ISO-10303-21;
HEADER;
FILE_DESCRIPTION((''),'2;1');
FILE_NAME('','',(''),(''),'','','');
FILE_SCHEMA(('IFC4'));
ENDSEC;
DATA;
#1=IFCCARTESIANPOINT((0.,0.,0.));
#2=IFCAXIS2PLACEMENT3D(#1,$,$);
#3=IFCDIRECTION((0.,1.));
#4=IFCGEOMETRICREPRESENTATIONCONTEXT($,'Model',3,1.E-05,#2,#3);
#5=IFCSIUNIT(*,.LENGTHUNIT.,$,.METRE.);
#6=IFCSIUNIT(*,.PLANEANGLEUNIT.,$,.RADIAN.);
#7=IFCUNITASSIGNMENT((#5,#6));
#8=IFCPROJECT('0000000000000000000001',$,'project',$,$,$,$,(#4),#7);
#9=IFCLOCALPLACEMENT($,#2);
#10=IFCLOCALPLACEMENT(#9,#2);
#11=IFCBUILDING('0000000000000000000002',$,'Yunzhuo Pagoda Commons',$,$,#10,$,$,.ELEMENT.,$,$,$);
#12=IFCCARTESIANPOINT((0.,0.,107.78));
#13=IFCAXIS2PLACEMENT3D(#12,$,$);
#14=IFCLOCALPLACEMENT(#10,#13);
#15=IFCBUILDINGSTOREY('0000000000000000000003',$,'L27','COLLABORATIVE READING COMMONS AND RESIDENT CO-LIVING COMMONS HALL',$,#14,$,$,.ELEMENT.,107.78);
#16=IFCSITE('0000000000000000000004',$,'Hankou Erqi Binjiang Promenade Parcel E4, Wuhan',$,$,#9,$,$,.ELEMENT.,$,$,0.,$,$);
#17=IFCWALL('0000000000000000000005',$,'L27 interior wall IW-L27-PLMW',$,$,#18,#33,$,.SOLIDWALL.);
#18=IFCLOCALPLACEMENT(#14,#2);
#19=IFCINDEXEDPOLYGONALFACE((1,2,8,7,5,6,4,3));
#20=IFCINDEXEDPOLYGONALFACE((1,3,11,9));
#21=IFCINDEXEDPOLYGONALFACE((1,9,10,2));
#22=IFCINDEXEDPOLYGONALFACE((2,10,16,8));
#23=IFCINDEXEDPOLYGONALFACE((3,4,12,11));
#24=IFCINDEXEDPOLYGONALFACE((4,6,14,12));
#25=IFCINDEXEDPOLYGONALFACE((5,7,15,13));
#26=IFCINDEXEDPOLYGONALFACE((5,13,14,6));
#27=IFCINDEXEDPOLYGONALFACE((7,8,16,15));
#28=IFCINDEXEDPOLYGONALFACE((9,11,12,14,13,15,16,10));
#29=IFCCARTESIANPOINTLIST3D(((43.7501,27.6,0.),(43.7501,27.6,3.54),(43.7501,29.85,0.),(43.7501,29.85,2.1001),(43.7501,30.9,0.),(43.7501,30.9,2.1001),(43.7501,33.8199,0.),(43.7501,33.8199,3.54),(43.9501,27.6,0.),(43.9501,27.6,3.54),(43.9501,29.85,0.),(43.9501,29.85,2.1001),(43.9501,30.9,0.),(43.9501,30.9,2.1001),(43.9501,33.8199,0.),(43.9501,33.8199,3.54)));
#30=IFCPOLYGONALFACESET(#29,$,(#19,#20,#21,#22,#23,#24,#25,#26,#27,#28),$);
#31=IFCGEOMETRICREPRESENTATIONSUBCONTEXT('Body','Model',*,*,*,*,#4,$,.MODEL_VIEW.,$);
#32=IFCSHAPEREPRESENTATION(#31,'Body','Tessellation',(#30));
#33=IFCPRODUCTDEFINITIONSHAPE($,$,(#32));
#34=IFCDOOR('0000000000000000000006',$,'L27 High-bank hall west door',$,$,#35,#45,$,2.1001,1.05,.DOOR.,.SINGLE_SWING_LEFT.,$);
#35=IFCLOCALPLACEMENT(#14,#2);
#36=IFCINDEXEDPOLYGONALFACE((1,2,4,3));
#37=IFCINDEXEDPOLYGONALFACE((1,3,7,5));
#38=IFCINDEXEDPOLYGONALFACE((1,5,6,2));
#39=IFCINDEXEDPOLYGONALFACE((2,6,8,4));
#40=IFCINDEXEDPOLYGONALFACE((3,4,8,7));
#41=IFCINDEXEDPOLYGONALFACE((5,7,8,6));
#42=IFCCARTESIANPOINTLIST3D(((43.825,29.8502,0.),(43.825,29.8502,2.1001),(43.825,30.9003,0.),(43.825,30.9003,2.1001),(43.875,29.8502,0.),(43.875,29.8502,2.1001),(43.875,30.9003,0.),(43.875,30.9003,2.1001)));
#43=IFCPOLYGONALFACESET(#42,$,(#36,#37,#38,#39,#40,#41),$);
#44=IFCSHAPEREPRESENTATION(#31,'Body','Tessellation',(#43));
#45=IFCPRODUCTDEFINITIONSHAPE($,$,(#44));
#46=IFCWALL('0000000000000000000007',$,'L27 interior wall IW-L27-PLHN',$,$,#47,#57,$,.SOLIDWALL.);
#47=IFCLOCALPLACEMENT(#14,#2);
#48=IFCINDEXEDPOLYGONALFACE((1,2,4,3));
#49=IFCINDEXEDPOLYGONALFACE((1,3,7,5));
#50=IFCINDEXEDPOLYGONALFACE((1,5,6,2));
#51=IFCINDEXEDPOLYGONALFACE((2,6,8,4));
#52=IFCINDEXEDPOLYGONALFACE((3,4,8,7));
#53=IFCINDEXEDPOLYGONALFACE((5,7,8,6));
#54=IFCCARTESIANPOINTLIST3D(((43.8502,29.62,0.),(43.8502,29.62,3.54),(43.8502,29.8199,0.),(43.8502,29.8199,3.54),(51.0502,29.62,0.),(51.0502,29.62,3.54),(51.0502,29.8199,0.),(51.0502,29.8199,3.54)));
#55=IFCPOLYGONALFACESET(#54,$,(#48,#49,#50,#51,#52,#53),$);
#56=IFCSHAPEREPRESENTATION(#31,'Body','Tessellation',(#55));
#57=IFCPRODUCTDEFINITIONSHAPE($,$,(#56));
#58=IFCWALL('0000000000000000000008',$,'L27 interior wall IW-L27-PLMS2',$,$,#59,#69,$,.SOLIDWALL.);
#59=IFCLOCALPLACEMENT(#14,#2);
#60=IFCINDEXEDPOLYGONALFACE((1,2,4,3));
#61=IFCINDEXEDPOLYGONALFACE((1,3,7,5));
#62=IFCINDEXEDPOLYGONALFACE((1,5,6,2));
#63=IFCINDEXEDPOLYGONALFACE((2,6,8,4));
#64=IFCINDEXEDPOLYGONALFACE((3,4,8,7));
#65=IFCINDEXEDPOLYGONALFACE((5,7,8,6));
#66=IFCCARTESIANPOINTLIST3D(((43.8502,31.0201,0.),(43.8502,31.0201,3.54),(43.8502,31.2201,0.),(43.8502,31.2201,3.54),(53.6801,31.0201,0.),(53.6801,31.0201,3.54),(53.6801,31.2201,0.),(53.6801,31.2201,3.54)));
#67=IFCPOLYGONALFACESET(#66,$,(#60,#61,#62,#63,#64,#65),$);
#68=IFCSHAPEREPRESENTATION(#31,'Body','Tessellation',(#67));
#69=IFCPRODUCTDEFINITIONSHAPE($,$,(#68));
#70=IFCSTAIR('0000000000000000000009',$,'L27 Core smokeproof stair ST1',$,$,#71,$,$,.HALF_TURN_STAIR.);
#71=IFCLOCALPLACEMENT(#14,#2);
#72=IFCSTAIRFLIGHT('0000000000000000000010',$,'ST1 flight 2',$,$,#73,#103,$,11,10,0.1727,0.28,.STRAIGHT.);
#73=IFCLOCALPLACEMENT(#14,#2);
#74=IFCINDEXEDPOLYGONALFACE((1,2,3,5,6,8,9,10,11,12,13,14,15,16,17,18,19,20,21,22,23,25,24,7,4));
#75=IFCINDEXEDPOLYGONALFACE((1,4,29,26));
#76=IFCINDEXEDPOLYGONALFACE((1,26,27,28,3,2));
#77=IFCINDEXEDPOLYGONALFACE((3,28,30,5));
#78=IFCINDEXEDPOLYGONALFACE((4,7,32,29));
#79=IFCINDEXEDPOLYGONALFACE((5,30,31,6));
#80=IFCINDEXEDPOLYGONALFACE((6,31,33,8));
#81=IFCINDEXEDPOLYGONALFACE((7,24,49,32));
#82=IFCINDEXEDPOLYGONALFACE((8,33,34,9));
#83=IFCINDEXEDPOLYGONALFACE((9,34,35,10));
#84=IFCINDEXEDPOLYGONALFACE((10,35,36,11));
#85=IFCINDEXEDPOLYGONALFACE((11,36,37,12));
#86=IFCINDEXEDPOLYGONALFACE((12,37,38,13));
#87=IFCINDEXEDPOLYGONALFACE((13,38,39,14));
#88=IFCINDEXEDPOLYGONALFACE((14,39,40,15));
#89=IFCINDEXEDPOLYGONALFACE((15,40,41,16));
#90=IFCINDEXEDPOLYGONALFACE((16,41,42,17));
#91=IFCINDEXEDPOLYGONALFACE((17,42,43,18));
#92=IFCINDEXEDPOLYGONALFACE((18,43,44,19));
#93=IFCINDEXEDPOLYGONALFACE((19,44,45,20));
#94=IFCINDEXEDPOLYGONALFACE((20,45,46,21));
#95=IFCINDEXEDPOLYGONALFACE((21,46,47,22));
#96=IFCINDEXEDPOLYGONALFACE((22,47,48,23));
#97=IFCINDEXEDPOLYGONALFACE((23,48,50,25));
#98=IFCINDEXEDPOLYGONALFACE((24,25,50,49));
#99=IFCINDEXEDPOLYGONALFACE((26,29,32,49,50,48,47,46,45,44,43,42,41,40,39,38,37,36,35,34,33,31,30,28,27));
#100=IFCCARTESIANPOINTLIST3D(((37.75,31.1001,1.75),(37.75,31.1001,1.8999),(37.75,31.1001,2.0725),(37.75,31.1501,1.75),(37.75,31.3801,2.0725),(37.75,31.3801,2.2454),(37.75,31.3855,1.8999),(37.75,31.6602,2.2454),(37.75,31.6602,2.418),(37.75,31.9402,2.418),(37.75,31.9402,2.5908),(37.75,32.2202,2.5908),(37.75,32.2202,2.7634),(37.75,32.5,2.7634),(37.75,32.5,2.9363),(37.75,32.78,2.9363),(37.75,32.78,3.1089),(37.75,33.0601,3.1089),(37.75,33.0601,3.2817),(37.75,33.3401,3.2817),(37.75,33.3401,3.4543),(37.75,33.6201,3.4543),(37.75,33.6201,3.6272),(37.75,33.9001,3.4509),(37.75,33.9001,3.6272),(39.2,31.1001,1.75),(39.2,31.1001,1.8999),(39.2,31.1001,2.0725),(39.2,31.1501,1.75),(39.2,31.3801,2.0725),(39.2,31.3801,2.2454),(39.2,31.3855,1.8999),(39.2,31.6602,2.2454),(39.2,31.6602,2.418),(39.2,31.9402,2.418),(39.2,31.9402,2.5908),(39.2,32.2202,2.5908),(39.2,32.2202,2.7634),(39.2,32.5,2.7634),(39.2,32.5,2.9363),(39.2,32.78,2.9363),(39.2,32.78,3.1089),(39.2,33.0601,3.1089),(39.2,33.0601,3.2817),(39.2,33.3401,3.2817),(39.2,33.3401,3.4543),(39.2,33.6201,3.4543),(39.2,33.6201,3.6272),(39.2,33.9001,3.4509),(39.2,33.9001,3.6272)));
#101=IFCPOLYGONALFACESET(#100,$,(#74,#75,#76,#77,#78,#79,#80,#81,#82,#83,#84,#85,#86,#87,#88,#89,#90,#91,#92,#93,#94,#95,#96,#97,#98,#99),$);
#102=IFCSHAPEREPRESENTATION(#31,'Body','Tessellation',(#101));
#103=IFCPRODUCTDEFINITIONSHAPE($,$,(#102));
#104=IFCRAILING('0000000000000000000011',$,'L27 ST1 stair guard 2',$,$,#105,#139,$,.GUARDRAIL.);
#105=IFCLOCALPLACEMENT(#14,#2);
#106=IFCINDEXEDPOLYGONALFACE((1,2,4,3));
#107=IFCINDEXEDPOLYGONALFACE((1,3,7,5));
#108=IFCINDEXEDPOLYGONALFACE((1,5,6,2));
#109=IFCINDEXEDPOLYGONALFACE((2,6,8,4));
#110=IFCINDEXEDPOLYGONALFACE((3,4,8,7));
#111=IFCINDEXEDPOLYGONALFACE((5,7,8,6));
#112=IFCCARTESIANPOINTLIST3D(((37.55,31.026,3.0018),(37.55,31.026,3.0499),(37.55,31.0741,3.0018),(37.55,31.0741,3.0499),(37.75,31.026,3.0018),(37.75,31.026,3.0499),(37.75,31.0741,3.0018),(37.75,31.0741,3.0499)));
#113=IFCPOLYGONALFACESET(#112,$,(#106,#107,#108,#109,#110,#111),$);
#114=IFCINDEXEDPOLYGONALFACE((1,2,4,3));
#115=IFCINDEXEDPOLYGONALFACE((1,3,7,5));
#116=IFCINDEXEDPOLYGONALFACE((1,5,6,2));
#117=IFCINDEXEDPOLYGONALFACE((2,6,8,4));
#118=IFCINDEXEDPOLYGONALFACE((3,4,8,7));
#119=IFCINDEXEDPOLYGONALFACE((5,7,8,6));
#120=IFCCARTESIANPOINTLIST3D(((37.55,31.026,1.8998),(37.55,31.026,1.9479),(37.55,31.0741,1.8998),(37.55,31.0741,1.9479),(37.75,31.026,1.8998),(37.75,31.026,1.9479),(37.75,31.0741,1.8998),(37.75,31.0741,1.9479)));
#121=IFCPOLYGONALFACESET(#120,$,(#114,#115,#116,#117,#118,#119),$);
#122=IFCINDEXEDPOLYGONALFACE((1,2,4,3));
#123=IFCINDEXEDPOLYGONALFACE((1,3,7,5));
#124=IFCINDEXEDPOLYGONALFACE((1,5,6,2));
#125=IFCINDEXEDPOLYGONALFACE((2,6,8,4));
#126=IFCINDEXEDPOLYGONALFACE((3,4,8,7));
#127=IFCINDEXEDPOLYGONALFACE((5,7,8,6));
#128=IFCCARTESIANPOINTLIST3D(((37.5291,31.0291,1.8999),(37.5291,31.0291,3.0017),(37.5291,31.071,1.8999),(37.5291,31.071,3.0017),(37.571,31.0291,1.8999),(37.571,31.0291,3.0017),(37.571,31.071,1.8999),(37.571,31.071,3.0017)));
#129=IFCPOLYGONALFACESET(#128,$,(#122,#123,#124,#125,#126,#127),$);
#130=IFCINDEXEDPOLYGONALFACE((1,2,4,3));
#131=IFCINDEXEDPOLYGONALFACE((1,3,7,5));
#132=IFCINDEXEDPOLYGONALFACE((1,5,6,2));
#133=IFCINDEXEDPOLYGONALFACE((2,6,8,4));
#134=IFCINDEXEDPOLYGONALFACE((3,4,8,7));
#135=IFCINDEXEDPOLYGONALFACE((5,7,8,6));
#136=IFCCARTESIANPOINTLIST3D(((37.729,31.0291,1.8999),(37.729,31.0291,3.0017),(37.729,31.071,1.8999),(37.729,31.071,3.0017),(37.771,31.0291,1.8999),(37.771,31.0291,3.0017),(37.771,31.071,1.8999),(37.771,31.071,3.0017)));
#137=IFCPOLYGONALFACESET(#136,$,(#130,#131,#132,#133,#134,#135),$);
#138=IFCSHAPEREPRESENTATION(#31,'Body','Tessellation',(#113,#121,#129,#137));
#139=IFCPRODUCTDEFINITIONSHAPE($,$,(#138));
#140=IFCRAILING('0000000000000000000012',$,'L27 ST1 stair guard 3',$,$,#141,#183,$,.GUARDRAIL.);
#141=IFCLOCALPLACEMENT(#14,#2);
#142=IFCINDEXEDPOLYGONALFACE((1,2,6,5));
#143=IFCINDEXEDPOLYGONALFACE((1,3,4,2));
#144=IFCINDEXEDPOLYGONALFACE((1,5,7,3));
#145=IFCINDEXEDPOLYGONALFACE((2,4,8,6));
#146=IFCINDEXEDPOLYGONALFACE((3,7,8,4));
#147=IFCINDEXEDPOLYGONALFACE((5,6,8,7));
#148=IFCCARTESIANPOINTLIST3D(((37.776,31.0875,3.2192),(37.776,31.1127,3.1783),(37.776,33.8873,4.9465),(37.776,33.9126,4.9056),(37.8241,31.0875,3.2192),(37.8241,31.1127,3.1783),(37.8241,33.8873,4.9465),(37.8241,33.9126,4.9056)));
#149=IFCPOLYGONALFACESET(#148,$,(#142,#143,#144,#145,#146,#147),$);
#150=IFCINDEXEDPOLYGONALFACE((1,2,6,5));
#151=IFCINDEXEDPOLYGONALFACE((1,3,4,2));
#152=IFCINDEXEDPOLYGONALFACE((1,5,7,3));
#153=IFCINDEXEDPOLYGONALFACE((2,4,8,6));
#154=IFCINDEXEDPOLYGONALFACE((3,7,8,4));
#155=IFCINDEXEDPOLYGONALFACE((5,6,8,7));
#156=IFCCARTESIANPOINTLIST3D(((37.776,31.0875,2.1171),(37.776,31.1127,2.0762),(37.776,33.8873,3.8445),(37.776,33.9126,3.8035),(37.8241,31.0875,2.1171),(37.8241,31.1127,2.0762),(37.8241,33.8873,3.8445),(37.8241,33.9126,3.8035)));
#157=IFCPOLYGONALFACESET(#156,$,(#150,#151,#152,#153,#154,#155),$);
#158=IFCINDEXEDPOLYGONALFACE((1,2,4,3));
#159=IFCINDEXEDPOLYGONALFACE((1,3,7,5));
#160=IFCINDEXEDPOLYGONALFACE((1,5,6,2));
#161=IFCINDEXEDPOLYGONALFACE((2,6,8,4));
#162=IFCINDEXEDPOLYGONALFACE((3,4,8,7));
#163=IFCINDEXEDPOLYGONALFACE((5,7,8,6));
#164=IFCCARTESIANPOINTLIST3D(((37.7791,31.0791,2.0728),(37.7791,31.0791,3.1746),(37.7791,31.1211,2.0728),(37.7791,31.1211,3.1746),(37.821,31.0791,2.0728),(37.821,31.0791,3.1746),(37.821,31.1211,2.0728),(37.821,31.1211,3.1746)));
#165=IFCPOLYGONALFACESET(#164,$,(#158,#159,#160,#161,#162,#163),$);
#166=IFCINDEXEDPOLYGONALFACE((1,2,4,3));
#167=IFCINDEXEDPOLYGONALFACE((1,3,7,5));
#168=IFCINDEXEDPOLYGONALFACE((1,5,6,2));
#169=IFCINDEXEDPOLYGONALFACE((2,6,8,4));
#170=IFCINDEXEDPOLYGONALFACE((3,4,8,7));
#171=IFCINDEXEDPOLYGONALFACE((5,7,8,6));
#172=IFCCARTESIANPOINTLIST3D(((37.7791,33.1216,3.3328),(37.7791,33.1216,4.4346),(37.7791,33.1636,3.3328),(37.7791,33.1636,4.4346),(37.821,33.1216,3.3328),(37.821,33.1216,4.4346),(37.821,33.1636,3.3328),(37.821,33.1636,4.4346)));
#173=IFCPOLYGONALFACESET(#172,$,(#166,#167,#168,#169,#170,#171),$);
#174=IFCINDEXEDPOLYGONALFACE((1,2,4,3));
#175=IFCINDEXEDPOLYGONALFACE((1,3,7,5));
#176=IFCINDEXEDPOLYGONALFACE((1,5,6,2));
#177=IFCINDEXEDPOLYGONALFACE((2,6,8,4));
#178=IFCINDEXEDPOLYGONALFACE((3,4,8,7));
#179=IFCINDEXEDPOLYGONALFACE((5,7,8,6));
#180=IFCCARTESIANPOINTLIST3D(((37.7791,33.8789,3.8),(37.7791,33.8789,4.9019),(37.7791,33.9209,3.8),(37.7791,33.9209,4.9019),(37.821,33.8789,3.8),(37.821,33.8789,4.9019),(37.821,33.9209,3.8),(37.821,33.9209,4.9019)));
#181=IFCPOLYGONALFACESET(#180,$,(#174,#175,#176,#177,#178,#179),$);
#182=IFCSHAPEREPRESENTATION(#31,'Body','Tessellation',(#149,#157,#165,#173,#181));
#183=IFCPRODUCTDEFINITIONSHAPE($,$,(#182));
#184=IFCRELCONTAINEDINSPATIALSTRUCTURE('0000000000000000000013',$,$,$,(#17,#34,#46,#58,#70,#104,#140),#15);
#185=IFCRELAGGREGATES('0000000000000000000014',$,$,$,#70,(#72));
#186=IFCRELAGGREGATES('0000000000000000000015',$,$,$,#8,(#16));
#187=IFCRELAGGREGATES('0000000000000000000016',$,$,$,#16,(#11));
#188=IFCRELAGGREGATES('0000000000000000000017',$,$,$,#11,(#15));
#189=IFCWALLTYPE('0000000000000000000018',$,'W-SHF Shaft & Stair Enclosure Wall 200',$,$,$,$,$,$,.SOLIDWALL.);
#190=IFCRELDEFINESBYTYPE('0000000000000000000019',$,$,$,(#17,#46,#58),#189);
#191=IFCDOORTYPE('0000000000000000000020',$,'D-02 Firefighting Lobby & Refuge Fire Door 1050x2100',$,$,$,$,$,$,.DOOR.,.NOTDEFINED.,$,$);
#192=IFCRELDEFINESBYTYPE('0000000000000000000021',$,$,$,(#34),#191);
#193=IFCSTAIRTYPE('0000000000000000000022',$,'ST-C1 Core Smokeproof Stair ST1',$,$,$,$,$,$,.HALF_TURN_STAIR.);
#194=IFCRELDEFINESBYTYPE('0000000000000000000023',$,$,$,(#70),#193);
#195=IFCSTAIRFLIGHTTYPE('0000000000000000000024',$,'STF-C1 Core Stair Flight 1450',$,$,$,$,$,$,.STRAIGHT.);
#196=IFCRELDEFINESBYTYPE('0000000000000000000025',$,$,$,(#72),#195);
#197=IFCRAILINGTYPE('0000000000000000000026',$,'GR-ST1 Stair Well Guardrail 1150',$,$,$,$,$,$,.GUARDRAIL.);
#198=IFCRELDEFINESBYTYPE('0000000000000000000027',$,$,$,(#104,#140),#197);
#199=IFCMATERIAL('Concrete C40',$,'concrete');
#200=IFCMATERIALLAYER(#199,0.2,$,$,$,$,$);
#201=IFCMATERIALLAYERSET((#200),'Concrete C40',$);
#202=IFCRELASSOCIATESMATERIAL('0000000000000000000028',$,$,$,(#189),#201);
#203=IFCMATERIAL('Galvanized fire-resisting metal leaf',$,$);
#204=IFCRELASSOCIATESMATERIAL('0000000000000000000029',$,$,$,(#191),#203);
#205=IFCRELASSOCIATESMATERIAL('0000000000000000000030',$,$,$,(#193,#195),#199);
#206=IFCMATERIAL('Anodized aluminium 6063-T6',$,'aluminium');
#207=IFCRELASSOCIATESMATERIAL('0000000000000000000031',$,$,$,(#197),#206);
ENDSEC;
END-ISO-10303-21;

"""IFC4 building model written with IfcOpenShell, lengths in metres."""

from ifc_helpers import new_model, si_unit, direction, frame, frame_2d, origin, origin_2d, place, context, subcontext, project, spatial, polyline, rectangle, outline, extrude, source, transform, mapped, material, layer, layer_set, type_object, element, fill, aggregate, save


model = new_model("IFC4")

# Units and contexts
model_context = context("Model", 3, precision=1e-05, world=origin(), true_north=direction((0.0, 1.0)))
body_context = subcontext(model_context, "Body", "Model", "MODEL_VIEW")
ifc_project = project(units=[si_unit("LENGTHUNIT", "METRE"), si_unit("PLANEANGLEUNIT", "RADIAN")], contexts=[model_context])

# Site, building, storey
site_placement = place(None, origin())
site = spatial("IfcSite", under=ifc_project, at=site_placement, Name="Hankou Erqi Binjiang Promenade Parcel E4, Wuhan", CompositionType="ELEMENT", RefElevation=0.0)
building_placement = place(site_placement, origin())
building = spatial("IfcBuilding", under=site, at=building_placement, Name="Yunzhuo Pagoda Commons", CompositionType="ELEMENT")
storey_placement = place(building_placement, frame((0.0, 0.0, 107.78)))
storey = spatial("IfcBuildingStorey", under=building, at=storey_placement, Name="L27", Description="COLLABORATIVE READING COMMONS AND RESIDENT CO-LIVING COMMONS HALL", CompositionType="ELEMENT", Elevation=107.78)

# Shared definitions
ifc_material_1 = material(Name="Galvanized fire-resisting metal leaf")

# Shared definitions
ifc_material_2 = material(Name="Concrete C40", Category="concrete")
ifc_layer_1 = layer(ifc_material_2, 0.2)
ifc_layer_set_1 = layer_set([ifc_layer_1], Name="Concrete C40")
wall_type_1 = type_object("IfcWallType", Name="W-SHF Shaft & Stair Enclosure Wall 200", PredefinedType="SOLIDWALL", material=ifc_layer_set_1)

# Wall, opening, door
wall_1_placement = place(storey_placement, frame((43.8501, 27.6001, 0.0), z_axis=(0.0, 0.0, 1.0), x_axis=(0.0, 1.0, 0.0)))
wall_1 = element("IfcWall", 1, at=wall_1_placement, inside=storey, type_object=wall_type_1, Name="L27 interior wall IW-L27-PLMW", PredefinedType="SOLIDWALL", context=body_context, shape_type="SweptSolid", body=[
    extrude(rectangle(XDim=6.22, YDim=0.2, at=frame_2d((3.1099, 0.0))), origin(), (0.0, 0.0, 1.0), 3.54),
])
opening_1_placement = place(wall_1_placement, frame((2.25, 0.0, 0.0)))
opening_1 = element("IfcOpeningElement", 2, at=opening_1_placement, cuts=wall_1, PredefinedType="OPENING", context=body_context, shape_type="SweptSolid", body=[
    extrude(rectangle(XDim=1.05, YDim=2.1001, at=frame_2d((0.5249, 1.05))), frame((0.0, 0.1099, 0.0), z_axis=(0.0, -1.0, 0.0), x_axis=(1.0, 0.0, 0.0)), (0.0, 0.0, 1.0), 0.22),
])
door_type_1 = type_object("IfcDoorType", Name="D-02 Firefighting Lobby & Refuge Fire Door 1050x2100", OperationType="NOTDEFINED", PredefinedType="DOOR", material=ifc_material_1)
shared_shape_1 = source(origin(), body_context, "Body", "SweptSolid", [
    extrude(rectangle(XDim=1.05, YDim=2.1001, at=frame_2d((0.5249, 1.05))), frame((0.0, 0.0249, 0.0), z_axis=(0.0, -1.0, 0.0), x_axis=(1.0, 0.0, 0.0)), (0.0, 0.0, 1.0), 0.05),
])
door_1_placement = place(opening_1_placement, frame((1.05, 0.0, 0.0), z_axis=(0.0, 0.0, 1.0), x_axis=(-1.0, 0.0, 0.0)))
door_1 = element("IfcDoor", 3, at=door_1_placement, inside=storey, type_object=door_type_1, Name="L27 High-bank hall west door", OperationType="SINGLE_SWING_LEFT", OverallHeight=2.1001, OverallWidth=1.05, PredefinedType="DOOR", context=body_context, shape_type="MappedRepresentation", body=[
    mapped(shared_shape_1, transform((0.0, 0.0, 0.0), scale=1.0)),
])
fill(opening_1, door_1)

# Walls
wall_2_placement = place(storey_placement, frame((43.8501, 29.72, 0.0), z_axis=(0.0, 0.0, 1.0), x_axis=(1.0, 0.0, 0.0)))
element("IfcWall", 4, at=wall_2_placement, inside=storey, type_object=wall_type_1, Name="L27 interior wall IW-L27-PLHN", PredefinedType="SOLIDWALL", context=body_context, shape_type="SweptSolid", body=[
    extrude(rectangle(XDim=7.2, YDim=0.2, at=frame_2d((3.6001, 0.0))), origin(), (0.0, 0.0, 1.0), 3.54),
])
wall_3_placement = place(storey_placement, frame((43.8501, 31.1201, 0.0), z_axis=(0.0, 0.0, 1.0), x_axis=(1.0, 0.0, 0.0)))
element("IfcWall", 5, at=wall_3_placement, inside=storey, type_object=wall_type_1, Name="L27 interior wall IW-L27-PLMS2", PredefinedType="SOLIDWALL", context=body_context, shape_type="SweptSolid", body=[
    extrude(rectangle(XDim=9.8298, YDim=0.2, at=frame_2d((4.915, 0.0))), origin(), (0.0, 0.0, 1.0), 3.54),
])

# Stair, stair flight
stair_type = type_object("IfcStairType", Name="ST-C1 Core Smokeproof Stair ST1", PredefinedType="HALF_TURN_STAIR", material=ifc_material_2)
stair_placement = place(storey_placement, origin())
stair = element("IfcStair", 6, at=stair_placement, inside=storey, type_object=stair_type, Name="L27 Core smokeproof stair ST1", PredefinedType="HALF_TURN_STAIR")
stair_flight_type = type_object("IfcStairFlightType", Name="STF-C1 Core Stair Flight 1450", PredefinedType="STRAIGHT", material=ifc_material_2)
shared_shape_2 = source(origin(), body_context, "Body", "SweptSolid", [
    extrude(outline(polyline([(0.0, -0.1499), (0.0, 0.0), (0.0, 0.1726), (0.28, 0.1726), (0.28, 0.3455), (0.5601, 0.3455), (0.5601, 0.5181), (0.8401, 0.5181), (0.8401, 0.6909), (1.1201, 0.6909), (1.1201, 0.8635), (1.3999, 0.8635), (1.3999, 1.0364), (1.6799, 1.0364), (1.6799, 1.209), (1.96, 1.209), (1.96, 1.3818), (2.24, 1.3818), (2.24, 1.5544), (2.52, 1.5544), (2.52, 1.7273), (2.8, 1.7273), (2.8, 1.8999), (2.8, 1.551), (0.2854, 0.0), (0.05, -0.1499), (0.0, -0.1499)])), frame((0.0, 0.7251, 0.0), z_axis=(0.0, -1.0, 0.0), x_axis=(1.0, 0.0, 0.0)), (0.0, 0.0, 1.0), 1.45),
])
stair_flight_placement = place(storey_placement, frame((38.4751, 31.1001, 1.8999), z_axis=(0.0, 0.0, 1.0), x_axis=(0.0, 1.0, 0.0)))
stair_flight = element("IfcStairFlight", 7, at=stair_flight_placement, type_object=stair_flight_type, Name="ST1 flight 2", NumberOfRisers=11, NumberOfTreads=10, PredefinedType="STRAIGHT", RiserHeight=0.1727, TreadLength=0.28, context=body_context, shape_type="MappedRepresentation", body=[
    mapped(shared_shape_2, transform((0.0, 0.0, 0.0), scale=1.0)),
])
aggregate(stair, [stair_flight])

# Railings
ifc_material_3 = material(Name="Anodized aluminium 6063-T6", Category="aluminium")
railing_type_1 = type_object("IfcRailingType", Name="GR-ST1 Stair Well Guardrail 1150", PredefinedType="GUARDRAIL", material=ifc_material_3)
railing_1_placement = place(storey_placement, frame((37.55, 31.05, 1.8999)))
element("IfcRailing", 8, at=railing_1_placement, inside=storey, type_object=railing_type_1, Name="L27 ST1 stair guard 2", PredefinedType="GUARDRAIL", context=body_context, shape_type="SweptSolid", body=[
    extrude(rectangle(XDim=0.0481, YDim=0.0481, at=origin_2d()), frame((0.0, 0.0, 1.126), z_axis=(1.0, 0.0, 0.0), x_axis=(0.0, 1.0, 0.0)), (0.0, 0.0, 1.0), 0.2),
    extrude(rectangle(XDim=0.0481, YDim=0.0481, at=origin_2d()), frame((0.0, 0.0, 0.0239), z_axis=(1.0, 0.0, 0.0), x_axis=(0.0, 1.0, 0.0)), (0.0, 0.0, 1.0), 0.2),
    extrude(rectangle(XDim=0.042, YDim=0.042, at=origin_2d()), origin(), (0.0, 0.0, 1.0), 1.1018),
    extrude(rectangle(XDim=0.042, YDim=0.042, at=origin_2d()), frame((0.2, 0.0, 0.0)), (0.0, 0.0, 1.0), 1.1018),
])
railing_2_placement = place(storey_placement, frame((37.8, 31.1001, 2.0728)))
element("IfcRailing", 9, at=railing_2_placement, inside=storey, type_object=railing_type_1, Name="L27 ST1 stair guard 3", PredefinedType="GUARDRAIL", context=body_context, shape_type="SweptSolid", body=[
    extrude(rectangle(XDim=0.0481, YDim=0.0481, at=origin_2d()), frame((0.0, 0.0, 1.126), z_axis=(0.0, 0.851069, 0.525054), x_axis=(-1.0, 0.0, 0.0)), (0.0, 0.0, 1.0), 3.2898),
    extrude(rectangle(XDim=0.0481, YDim=0.0481, at=origin_2d()), frame((0.0, 0.0, 0.0239), z_axis=(0.0, 0.851069, 0.525054), x_axis=(-1.0, 0.0, 0.0)), (0.0, 0.0, 1.0), 3.2898),
    extrude(rectangle(XDim=0.042, YDim=0.042, at=origin_2d()), origin(), (0.0, 0.0, 1.0), 1.1018),
    extrude(rectangle(XDim=0.042, YDim=0.042, at=origin_2d()), frame((0.0, 2.0425, 1.26)), (0.0, 0.0, 1.0), 1.1018),
    extrude(rectangle(XDim=0.042, YDim=0.042, at=origin_2d()), frame((0.0, 2.7998, 1.7273)), (0.0, 0.0, 1.0), 1.1018),
])

save(model, "model.ifc")
